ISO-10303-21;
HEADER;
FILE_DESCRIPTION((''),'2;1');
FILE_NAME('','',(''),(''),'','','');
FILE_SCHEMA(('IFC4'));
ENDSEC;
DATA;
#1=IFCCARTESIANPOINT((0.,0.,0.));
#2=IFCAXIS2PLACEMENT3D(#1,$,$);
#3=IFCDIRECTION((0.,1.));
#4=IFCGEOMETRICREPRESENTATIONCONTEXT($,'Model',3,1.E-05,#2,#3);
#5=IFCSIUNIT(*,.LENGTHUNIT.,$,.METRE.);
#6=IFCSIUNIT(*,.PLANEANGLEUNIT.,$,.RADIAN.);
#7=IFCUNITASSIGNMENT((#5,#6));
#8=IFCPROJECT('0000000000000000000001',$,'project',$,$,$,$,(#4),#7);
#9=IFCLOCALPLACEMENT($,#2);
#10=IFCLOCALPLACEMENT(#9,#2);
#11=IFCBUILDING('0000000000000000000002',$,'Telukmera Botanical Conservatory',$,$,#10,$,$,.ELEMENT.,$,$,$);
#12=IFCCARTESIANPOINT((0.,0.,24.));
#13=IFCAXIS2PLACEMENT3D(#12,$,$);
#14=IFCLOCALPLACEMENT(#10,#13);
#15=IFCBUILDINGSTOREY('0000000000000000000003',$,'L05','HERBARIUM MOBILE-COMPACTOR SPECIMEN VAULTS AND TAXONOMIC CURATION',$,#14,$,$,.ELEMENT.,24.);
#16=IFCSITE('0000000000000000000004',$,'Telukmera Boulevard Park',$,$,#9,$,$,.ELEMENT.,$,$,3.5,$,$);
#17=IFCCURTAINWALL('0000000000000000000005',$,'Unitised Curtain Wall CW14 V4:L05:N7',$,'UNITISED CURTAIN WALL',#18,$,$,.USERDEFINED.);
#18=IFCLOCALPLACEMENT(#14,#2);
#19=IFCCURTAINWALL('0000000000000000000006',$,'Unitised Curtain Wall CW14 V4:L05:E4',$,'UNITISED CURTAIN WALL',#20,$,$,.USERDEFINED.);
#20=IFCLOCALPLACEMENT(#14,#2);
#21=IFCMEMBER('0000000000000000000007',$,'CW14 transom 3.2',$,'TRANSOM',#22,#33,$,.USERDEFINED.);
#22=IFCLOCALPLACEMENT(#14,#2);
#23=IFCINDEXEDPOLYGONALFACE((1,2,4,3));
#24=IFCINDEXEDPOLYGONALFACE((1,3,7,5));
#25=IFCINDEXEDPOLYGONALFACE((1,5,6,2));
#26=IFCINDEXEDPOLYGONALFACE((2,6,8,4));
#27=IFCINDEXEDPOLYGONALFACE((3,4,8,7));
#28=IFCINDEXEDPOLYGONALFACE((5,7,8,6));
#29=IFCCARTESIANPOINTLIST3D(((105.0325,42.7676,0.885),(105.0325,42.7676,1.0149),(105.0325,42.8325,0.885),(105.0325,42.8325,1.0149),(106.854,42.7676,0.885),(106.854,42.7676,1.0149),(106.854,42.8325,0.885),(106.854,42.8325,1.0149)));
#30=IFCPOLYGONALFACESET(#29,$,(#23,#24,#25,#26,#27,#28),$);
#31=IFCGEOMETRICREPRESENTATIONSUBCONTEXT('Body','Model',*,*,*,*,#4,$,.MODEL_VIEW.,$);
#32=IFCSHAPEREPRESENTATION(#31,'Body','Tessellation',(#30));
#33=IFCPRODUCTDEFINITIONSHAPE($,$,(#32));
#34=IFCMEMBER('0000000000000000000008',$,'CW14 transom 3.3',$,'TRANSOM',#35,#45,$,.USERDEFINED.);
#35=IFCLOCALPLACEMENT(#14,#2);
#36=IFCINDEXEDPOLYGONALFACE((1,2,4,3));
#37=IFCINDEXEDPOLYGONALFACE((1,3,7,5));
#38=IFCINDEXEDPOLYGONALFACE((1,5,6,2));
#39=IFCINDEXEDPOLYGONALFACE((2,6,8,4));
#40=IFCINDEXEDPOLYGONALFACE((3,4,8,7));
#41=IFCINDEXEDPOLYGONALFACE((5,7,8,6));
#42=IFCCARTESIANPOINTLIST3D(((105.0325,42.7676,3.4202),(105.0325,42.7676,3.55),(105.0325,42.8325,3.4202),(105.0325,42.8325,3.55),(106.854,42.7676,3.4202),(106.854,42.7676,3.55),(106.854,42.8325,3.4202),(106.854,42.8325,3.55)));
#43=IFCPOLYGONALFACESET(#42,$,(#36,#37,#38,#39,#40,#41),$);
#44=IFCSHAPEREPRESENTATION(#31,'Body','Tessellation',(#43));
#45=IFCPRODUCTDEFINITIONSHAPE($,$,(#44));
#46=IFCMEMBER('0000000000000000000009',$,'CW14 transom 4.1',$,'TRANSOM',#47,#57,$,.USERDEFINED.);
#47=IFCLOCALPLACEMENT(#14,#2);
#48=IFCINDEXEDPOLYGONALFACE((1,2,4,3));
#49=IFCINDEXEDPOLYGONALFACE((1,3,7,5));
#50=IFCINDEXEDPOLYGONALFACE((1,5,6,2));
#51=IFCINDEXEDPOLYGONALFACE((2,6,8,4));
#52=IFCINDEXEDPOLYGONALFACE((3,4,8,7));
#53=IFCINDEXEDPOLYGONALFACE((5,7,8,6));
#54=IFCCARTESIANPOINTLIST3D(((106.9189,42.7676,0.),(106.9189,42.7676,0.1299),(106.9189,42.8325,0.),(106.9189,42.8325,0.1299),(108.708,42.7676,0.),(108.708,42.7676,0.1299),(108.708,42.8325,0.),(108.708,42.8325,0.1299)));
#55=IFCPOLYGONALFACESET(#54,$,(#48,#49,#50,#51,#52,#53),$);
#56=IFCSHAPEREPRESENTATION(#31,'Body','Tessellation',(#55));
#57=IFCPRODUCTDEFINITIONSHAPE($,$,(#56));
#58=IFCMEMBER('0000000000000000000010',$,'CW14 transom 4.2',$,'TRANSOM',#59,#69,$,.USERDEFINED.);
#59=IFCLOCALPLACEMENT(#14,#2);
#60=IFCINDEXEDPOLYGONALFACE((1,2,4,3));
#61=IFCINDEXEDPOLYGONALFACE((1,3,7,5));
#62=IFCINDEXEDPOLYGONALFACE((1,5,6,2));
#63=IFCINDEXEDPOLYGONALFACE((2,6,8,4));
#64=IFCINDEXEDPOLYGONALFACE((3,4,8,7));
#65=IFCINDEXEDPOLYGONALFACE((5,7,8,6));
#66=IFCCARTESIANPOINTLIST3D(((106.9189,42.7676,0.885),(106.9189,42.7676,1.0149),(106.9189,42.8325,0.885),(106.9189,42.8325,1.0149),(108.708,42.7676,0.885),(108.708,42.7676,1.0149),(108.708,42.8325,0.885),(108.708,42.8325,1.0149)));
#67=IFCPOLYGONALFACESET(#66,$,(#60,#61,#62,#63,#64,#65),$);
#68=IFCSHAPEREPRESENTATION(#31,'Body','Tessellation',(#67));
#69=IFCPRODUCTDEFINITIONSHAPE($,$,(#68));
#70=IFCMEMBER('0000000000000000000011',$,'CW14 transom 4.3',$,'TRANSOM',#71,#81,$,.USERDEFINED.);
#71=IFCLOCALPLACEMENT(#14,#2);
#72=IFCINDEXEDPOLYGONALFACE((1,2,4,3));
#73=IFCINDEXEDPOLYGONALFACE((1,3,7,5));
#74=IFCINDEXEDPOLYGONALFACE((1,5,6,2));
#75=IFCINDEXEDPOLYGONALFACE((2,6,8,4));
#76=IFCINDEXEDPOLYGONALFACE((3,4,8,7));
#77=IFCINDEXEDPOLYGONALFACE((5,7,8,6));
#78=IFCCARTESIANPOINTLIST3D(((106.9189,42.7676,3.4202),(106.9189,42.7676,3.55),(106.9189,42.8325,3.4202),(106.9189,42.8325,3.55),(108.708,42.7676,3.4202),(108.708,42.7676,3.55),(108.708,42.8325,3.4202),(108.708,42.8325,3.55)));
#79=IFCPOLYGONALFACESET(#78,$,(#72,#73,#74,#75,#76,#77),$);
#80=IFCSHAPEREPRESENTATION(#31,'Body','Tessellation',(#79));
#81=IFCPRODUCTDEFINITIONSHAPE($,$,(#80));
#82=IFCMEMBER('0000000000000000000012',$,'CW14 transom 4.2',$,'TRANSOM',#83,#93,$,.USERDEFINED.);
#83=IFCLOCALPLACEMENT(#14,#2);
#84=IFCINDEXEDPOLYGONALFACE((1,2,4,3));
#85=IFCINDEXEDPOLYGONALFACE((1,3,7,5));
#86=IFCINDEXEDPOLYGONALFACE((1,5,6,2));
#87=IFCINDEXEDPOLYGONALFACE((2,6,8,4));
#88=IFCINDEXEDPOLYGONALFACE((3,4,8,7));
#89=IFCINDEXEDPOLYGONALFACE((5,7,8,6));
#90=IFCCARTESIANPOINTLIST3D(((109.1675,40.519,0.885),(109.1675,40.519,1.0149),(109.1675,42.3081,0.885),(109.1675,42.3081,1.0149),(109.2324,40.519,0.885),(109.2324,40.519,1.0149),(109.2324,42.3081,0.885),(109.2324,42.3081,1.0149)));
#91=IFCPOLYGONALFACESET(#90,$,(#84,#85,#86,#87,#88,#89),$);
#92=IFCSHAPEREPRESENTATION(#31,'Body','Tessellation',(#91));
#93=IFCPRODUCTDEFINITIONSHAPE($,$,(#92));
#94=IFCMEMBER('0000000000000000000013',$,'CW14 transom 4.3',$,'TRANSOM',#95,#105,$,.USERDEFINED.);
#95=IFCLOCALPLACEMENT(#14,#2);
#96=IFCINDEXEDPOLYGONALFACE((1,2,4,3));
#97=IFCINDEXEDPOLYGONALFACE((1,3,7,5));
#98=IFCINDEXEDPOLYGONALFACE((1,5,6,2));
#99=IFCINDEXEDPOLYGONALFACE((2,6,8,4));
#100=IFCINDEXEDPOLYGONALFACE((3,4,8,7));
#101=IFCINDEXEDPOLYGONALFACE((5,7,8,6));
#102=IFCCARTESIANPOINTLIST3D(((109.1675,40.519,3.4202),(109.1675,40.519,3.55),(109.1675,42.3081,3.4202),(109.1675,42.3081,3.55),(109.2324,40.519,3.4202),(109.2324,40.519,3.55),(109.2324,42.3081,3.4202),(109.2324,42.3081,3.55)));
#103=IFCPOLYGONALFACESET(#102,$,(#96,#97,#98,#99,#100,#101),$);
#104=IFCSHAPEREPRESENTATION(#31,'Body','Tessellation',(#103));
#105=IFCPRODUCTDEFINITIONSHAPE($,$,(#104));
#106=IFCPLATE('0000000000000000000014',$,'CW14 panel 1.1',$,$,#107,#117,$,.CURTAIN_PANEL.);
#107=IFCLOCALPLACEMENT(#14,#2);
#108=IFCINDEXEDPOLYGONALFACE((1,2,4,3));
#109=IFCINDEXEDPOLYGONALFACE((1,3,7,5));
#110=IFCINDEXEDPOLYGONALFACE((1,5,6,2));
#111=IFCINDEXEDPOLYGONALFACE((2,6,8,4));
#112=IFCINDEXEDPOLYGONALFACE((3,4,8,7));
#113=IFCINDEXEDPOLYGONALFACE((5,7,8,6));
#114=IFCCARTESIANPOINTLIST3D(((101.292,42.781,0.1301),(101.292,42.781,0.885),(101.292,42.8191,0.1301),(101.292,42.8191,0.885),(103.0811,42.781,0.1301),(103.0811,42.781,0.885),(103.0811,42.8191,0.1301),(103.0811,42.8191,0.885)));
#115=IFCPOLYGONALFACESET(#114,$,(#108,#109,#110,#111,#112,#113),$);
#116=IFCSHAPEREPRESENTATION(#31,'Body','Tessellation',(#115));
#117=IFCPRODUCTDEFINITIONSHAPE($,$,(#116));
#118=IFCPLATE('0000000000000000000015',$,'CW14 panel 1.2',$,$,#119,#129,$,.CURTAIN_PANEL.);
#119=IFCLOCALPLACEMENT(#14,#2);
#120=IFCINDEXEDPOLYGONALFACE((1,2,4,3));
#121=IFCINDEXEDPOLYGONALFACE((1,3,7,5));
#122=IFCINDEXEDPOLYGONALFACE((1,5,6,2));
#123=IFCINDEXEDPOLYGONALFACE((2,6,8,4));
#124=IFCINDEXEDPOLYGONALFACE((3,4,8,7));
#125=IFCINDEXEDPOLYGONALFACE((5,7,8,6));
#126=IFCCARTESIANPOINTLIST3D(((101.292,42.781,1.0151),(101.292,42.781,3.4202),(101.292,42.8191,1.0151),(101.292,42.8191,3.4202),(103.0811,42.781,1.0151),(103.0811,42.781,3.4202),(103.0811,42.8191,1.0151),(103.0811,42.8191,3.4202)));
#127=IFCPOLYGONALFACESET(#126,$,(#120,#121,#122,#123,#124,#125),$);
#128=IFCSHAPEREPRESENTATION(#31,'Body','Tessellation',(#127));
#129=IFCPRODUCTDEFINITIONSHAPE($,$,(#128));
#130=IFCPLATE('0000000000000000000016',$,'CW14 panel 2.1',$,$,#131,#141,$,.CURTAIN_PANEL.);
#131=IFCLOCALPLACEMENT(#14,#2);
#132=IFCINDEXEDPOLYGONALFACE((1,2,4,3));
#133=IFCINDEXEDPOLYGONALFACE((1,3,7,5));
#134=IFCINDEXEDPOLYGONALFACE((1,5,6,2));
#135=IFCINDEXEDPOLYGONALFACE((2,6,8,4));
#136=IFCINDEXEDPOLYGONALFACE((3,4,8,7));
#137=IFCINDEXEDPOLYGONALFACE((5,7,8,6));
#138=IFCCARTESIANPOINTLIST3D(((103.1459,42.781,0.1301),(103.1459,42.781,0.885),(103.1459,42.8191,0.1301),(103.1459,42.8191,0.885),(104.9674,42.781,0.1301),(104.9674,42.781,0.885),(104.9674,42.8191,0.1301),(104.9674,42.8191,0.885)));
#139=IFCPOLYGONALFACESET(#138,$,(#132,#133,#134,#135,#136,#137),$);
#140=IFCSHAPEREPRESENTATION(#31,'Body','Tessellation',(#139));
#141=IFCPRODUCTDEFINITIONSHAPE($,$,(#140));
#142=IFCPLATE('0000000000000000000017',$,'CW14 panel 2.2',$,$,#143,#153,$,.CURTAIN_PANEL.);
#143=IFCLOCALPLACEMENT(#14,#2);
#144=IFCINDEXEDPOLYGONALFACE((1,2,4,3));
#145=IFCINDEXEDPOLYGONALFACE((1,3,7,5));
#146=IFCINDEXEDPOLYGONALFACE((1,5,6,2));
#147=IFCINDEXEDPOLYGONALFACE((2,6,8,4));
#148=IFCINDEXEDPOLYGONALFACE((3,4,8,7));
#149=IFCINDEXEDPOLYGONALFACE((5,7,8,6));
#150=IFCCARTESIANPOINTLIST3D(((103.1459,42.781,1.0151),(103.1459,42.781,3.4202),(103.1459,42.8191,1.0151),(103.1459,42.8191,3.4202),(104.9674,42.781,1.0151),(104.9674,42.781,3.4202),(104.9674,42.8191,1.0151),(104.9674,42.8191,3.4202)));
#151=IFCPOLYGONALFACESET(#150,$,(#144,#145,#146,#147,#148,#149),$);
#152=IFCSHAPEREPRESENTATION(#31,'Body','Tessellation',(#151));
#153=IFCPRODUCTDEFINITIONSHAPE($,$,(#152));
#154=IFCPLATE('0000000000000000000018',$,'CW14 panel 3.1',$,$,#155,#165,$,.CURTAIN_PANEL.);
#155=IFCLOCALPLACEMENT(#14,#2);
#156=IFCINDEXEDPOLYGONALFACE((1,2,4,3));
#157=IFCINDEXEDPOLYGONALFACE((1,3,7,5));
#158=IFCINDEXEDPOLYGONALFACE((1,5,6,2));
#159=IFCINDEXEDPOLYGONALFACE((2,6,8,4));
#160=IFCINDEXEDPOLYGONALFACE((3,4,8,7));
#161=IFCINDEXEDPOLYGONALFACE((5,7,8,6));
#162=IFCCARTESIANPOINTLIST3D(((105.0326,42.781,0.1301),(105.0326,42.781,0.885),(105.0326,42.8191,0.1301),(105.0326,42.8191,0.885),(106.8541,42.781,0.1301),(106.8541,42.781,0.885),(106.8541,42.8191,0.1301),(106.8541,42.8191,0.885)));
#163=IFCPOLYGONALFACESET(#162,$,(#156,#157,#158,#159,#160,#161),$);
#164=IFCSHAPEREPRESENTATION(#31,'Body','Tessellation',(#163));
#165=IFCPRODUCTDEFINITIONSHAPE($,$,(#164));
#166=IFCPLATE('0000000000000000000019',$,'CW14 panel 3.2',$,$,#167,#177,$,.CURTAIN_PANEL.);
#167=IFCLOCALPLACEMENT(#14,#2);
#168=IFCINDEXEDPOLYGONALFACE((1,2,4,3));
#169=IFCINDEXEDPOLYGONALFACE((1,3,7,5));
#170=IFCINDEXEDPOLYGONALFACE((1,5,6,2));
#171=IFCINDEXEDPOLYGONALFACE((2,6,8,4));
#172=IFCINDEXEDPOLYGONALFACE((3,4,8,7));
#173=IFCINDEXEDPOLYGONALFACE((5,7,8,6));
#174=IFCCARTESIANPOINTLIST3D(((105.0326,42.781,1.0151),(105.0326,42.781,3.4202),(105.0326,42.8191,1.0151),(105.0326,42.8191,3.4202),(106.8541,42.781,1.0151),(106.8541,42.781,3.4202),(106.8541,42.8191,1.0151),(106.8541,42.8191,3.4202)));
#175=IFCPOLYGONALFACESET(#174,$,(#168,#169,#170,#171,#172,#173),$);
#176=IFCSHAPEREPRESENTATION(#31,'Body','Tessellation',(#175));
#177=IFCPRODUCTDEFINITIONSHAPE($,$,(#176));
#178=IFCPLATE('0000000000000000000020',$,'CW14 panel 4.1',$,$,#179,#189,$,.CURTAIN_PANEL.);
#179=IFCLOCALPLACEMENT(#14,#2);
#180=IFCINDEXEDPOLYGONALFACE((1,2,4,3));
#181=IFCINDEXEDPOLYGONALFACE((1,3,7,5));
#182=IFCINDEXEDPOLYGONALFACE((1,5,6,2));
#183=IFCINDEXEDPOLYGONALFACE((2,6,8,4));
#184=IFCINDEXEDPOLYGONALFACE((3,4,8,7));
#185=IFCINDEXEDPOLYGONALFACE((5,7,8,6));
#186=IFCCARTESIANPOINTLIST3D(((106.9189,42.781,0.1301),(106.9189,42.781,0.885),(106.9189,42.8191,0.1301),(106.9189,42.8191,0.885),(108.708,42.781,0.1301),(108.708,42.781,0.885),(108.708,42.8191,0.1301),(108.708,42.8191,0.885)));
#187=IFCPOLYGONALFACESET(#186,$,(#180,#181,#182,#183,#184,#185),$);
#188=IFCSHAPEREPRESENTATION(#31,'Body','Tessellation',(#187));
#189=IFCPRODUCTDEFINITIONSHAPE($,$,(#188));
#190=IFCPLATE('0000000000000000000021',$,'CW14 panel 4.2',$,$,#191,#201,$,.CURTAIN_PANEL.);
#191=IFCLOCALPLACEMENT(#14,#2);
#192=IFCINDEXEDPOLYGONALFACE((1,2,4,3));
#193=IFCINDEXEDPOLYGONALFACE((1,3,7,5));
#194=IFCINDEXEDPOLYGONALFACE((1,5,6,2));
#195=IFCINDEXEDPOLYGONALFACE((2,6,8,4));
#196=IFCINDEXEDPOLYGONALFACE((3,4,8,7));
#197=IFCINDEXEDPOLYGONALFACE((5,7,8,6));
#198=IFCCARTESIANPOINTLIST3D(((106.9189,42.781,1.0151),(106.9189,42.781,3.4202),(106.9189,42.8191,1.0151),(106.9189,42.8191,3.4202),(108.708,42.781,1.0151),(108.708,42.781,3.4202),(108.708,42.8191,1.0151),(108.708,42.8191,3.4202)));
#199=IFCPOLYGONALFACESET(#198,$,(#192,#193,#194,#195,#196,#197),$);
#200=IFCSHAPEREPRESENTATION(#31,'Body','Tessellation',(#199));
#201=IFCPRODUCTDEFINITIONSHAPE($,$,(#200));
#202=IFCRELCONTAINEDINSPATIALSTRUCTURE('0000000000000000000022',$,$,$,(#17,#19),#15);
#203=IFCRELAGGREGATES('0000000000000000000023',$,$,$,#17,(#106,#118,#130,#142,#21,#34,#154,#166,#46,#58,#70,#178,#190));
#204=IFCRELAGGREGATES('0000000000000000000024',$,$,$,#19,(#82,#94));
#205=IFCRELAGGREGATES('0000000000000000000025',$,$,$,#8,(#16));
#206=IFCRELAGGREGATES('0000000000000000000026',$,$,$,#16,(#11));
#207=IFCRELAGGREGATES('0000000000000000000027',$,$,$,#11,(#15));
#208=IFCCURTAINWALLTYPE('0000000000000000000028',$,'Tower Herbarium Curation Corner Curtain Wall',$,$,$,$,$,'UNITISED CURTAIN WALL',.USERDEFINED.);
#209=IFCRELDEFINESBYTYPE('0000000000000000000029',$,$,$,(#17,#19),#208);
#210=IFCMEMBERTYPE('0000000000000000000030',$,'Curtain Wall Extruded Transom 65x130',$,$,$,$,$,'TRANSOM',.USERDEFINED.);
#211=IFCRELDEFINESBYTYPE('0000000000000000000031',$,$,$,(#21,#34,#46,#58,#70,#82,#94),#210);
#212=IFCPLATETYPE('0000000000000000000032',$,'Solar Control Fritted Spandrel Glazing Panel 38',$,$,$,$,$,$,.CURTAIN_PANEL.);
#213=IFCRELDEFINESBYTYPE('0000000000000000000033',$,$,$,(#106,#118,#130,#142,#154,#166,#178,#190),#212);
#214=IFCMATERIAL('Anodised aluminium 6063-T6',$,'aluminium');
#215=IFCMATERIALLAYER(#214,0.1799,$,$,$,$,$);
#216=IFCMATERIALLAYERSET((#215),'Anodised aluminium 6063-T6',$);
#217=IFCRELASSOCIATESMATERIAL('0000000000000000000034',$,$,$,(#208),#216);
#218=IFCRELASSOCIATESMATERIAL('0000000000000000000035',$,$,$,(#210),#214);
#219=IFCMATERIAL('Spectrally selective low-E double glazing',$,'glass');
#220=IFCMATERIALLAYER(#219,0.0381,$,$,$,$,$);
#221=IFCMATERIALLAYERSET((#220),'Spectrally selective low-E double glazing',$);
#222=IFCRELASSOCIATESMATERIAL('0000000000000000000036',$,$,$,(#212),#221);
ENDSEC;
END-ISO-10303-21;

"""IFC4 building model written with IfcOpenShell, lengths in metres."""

from ifc_helpers import new_model, si_unit, direction, frame, origin, origin_2d, place, context, subcontext, project, spatial, rectangle, extrude, material, layer, layer_set, material_profile, profile_set, type_object, element, aggregate, save


model = new_model("IFC4")

# Units and contexts
model_context = context("Model", 3, precision=1e-05, world=origin(), true_north=direction((0.0, 1.0)))
body_context = subcontext(model_context, "Body", "Model", "MODEL_VIEW")
ifc_project = project(units=[si_unit("LENGTHUNIT", "METRE"), si_unit("PLANEANGLEUNIT", "RADIAN")], contexts=[model_context])

# Site, building, storey
site_placement = place(None, origin())
site = spatial("IfcSite", under=ifc_project, at=site_placement, Name="Telukmera Boulevard Park", CompositionType="ELEMENT", RefElevation=3.5)
building_placement = place(site_placement, origin())
building = spatial("IfcBuilding", under=site, at=building_placement, Name="Telukmera Botanical Conservatory", CompositionType="ELEMENT")
storey_placement = place(building_placement, frame((0.0, 0.0, 24.0)))
storey = spatial("IfcBuildingStorey", under=building, at=storey_placement, Name="L05", Description="HERBARIUM MOBILE-COMPACTOR SPECIMEN VAULTS AND TAXONOMIC CURATION", CompositionType="ELEMENT", Elevation=24.0)

# Curtain wall
ifc_material_1 = material(Name="Anodised aluminium 6063-T6", Category="aluminium")
ifc_layer_1 = layer(ifc_material_1, 0.1799)
ifc_layer_set_1 = layer_set([ifc_layer_1], Name="Anodised aluminium 6063-T6")
curtain_wall_type = type_object("IfcCurtainWallType", Name="Tower Herbarium Curation Corner Curtain Wall", ElementType="UNITISED CURTAIN WALL", PredefinedType="USERDEFINED", material=ifc_layer_set_1)
curtain_wall_1_placement = place(storey_placement, origin())
curtain_wall_1 = element("IfcCurtainWall", 1, at=curtain_wall_1_placement, inside=storey, type_object=curtain_wall_type, Name="Unitised Curtain Wall CW14 V4:L05:N7", ObjectType="UNITISED CURTAIN WALL", PredefinedType="USERDEFINED")

# Curtain wall
curtain_wall_2_placement = place(storey_placement, origin())
curtain_wall_2 = element("IfcCurtainWall", 2, at=curtain_wall_2_placement, inside=storey, type_object=curtain_wall_type, Name="Unitised Curtain Wall CW14 V4:L05:E4", ObjectType="UNITISED CURTAIN WALL", PredefinedType="USERDEFINED")

# Members
ifc_material_profile_1 = material_profile(ifc_material_1, rectangle(XDim=0.0649, YDim=0.1299, at=origin_2d()), Name="ALU TRAN 65x130")
ifc_profile_set_1 = profile_set([ifc_material_profile_1], Name="Anodised aluminium 6063-T6")
member_type_1 = type_object("IfcMemberType", Name="Curtain Wall Extruded Transom 65x130", ElementType="TRANSOM", PredefinedType="USERDEFINED", material=ifc_profile_set_1)
member_1_placement = place(storey_placement, frame((105.0325, 42.8, 0.95), z_axis=(1.0, 0.0, 0.0), x_axis=(0.0, 1.0, 0.0)))
member_1 = element("IfcMember", 3, at=member_1_placement, type_object=member_type_1, Name="CW14 transom 3.2", ObjectType="TRANSOM", PredefinedType="USERDEFINED", context=body_context, shape_type="SweptSolid", body=[
    extrude(rectangle(XDim=0.0649, YDim=0.1299, at=origin_2d()), origin(), (0.0, 0.0, 1.0), 1.8215),
])
member_2_placement = place(storey_placement, frame((105.0325, 42.8, 3.4851), z_axis=(1.0, 0.0, 0.0), x_axis=(0.0, 1.0, 0.0)))
member_2 = element("IfcMember", 4, at=member_2_placement, type_object=member_type_1, Name="CW14 transom 3.3", ObjectType="TRANSOM", PredefinedType="USERDEFINED", context=body_context, shape_type="SweptSolid", body=[
    extrude(rectangle(XDim=0.0649, YDim=0.1299, at=origin_2d()), origin(), (0.0, 0.0, 1.0), 1.8215),
])
member_3_placement = place(storey_placement, frame((106.9189, 42.8, 0.0649), z_axis=(1.0, 0.0, 0.0), x_axis=(0.0, 1.0, 0.0)))
member_3 = element("IfcMember", 5, at=member_3_placement, type_object=member_type_1, Name="CW14 transom 4.1", ObjectType="TRANSOM", PredefinedType="USERDEFINED", context=body_context, shape_type="SweptSolid", body=[
    extrude(rectangle(XDim=0.0649, YDim=0.1299, at=origin_2d()), origin(), (0.0, 0.0, 1.0), 1.7891),
])
member_4_placement = place(storey_placement, frame((106.9189, 42.8, 0.95), z_axis=(1.0, 0.0, 0.0), x_axis=(0.0, 1.0, 0.0)))
member_4 = element("IfcMember", 6, at=member_4_placement, type_object=member_type_1, Name="CW14 transom 4.2", ObjectType="TRANSOM", PredefinedType="USERDEFINED", context=body_context, shape_type="SweptSolid", body=[
    extrude(rectangle(XDim=0.0649, YDim=0.1299, at=origin_2d()), origin(), (0.0, 0.0, 1.0), 1.7891),
])
member_5_placement = place(storey_placement, frame((106.9189, 42.8, 3.4851), z_axis=(1.0, 0.0, 0.0), x_axis=(0.0, 1.0, 0.0)))
member_5 = element("IfcMember", 7, at=member_5_placement, type_object=member_type_1, Name="CW14 transom 4.3", ObjectType="TRANSOM", PredefinedType="USERDEFINED", context=body_context, shape_type="SweptSolid", body=[
    extrude(rectangle(XDim=0.0649, YDim=0.1299, at=origin_2d()), origin(), (0.0, 0.0, 1.0), 1.7891),
])
member_6_placement = place(storey_placement, frame((109.2, 40.519, 0.95), z_axis=(0.0, 1.0, 0.0), x_axis=(-1.0, 0.0, 0.0)))
member_6 = element("IfcMember", 8, at=member_6_placement, type_object=member_type_1, Name="CW14 transom 4.2", ObjectType="TRANSOM", PredefinedType="USERDEFINED", context=body_context, shape_type="SweptSolid", body=[
    extrude(rectangle(XDim=0.0649, YDim=0.1299, at=origin_2d()), origin(), (0.0, 0.0, 1.0), 1.7891),
])
member_7_placement = place(storey_placement, frame((109.2, 40.519, 3.4851), z_axis=(0.0, 1.0, 0.0), x_axis=(-1.0, 0.0, 0.0)))
member_7 = element("IfcMember", 9, at=member_7_placement, type_object=member_type_1, Name="CW14 transom 4.3", ObjectType="TRANSOM", PredefinedType="USERDEFINED", context=body_context, shape_type="SweptSolid", body=[
    extrude(rectangle(XDim=0.0649, YDim=0.1299, at=origin_2d()), origin(), (0.0, 0.0, 1.0), 1.7891),
])

# Plates
ifc_material_2 = material(Name="Spectrally selective low-E double glazing", Category="glass")
ifc_layer_2 = layer(ifc_material_2, 0.0381)
ifc_layer_set_2 = layer_set([ifc_layer_2], Name="Spectrally selective low-E double glazing")
plate_type = type_object("IfcPlateType", Name="Solar Control Fritted Spandrel Glazing Panel 38", PredefinedType="CURTAIN_PANEL", material=ifc_layer_set_2)
plate_1_placement = place(storey_placement, frame((102.1865, 42.8, 0.1301), z_axis=(0.0, 0.0, 1.0), x_axis=(1.0, 0.0, 0.0)))
plate_1 = element("IfcPlate", 10, at=plate_1_placement, type_object=plate_type, Name="CW14 panel 1.1", PredefinedType="CURTAIN_PANEL", context=body_context, shape_type="SweptSolid", body=[
    extrude(rectangle(XDim=1.7891, YDim=0.0381, at=origin_2d()), origin(), (0.0, 0.0, 1.0), 0.7549),
])
plate_2_placement = place(storey_placement, frame((102.1865, 42.8, 1.0151), z_axis=(0.0, 0.0, 1.0), x_axis=(1.0, 0.0, 0.0)))
plate_2 = element("IfcPlate", 11, at=plate_2_placement, type_object=plate_type, Name="CW14 panel 1.2", PredefinedType="CURTAIN_PANEL", context=body_context, shape_type="SweptSolid", body=[
    extrude(rectangle(XDim=1.7891, YDim=0.0381, at=origin_2d()), origin(), (0.0, 0.0, 1.0), 2.405),
])
plate_3_placement = place(storey_placement, frame((104.0566, 42.8, 0.1301), z_axis=(0.0, 0.0, 1.0), x_axis=(1.0, 0.0, 0.0)))
plate_3 = element("IfcPlate", 12, at=plate_3_placement, type_object=plate_type, Name="CW14 panel 2.1", PredefinedType="CURTAIN_PANEL", context=body_context, shape_type="SweptSolid", body=[
    extrude(rectangle(XDim=1.8215, YDim=0.0381, at=origin_2d()), origin(), (0.0, 0.0, 1.0), 0.7549),
])
plate_4_placement = place(storey_placement, frame((104.0566, 42.8, 1.0151), z_axis=(0.0, 0.0, 1.0), x_axis=(1.0, 0.0, 0.0)))
plate_4 = element("IfcPlate", 13, at=plate_4_placement, type_object=plate_type, Name="CW14 panel 2.2", PredefinedType="CURTAIN_PANEL", context=body_context, shape_type="SweptSolid", body=[
    extrude(rectangle(XDim=1.8215, YDim=0.0381, at=origin_2d()), origin(), (0.0, 0.0, 1.0), 2.405),
])
plate_5_placement = place(storey_placement, frame((105.9434, 42.8, 0.1301), z_axis=(0.0, 0.0, 1.0), x_axis=(1.0, 0.0, 0.0)))
plate_5 = element("IfcPlate", 14, at=plate_5_placement, type_object=plate_type, Name="CW14 panel 3.1", PredefinedType="CURTAIN_PANEL", context=body_context, shape_type="SweptSolid", body=[
    extrude(rectangle(XDim=1.8215, YDim=0.0381, at=origin_2d()), origin(), (0.0, 0.0, 1.0), 0.7549),
])
plate_6_placement = place(storey_placement, frame((105.9434, 42.8, 1.0151), z_axis=(0.0, 0.0, 1.0), x_axis=(1.0, 0.0, 0.0)))
plate_6 = element("IfcPlate", 15, at=plate_6_placement, type_object=plate_type, Name="CW14 panel 3.2", PredefinedType="CURTAIN_PANEL", context=body_context, shape_type="SweptSolid", body=[
    extrude(rectangle(XDim=1.8215, YDim=0.0381, at=origin_2d()), origin(), (0.0, 0.0, 1.0), 2.405),
])
plate_7_placement = place(storey_placement, frame((107.8135, 42.8, 0.1301), z_axis=(0.0, 0.0, 1.0), x_axis=(1.0, 0.0, 0.0)))
plate_7 = element("IfcPlate", 16, at=plate_7_placement, type_object=plate_type, Name="CW14 panel 4.1", PredefinedType="CURTAIN_PANEL", context=body_context, shape_type="SweptSolid", body=[
    extrude(rectangle(XDim=1.7891, YDim=0.0381, at=origin_2d()), origin(), (0.0, 0.0, 1.0), 0.7549),
])
plate_8_placement = place(storey_placement, frame((107.8135, 42.8, 1.0151), z_axis=(0.0, 0.0, 1.0), x_axis=(1.0, 0.0, 0.0)))
plate_8 = element("IfcPlate", 17, at=plate_8_placement, type_object=plate_type, Name="CW14 panel 4.2", PredefinedType="CURTAIN_PANEL", context=body_context, shape_type="SweptSolid", body=[
    extrude(rectangle(XDim=1.7891, YDim=0.0381, at=origin_2d()), origin(), (0.0, 0.0, 1.0), 2.405),
])
aggregate(curtain_wall_1, [plate_1, plate_2, plate_3, plate_4, member_1, member_2, plate_5, plate_6, member_3, member_4, member_5, plate_7, plate_8])
aggregate(curtain_wall_2, [member_6, member_7])

save(model, "model.ifc")
